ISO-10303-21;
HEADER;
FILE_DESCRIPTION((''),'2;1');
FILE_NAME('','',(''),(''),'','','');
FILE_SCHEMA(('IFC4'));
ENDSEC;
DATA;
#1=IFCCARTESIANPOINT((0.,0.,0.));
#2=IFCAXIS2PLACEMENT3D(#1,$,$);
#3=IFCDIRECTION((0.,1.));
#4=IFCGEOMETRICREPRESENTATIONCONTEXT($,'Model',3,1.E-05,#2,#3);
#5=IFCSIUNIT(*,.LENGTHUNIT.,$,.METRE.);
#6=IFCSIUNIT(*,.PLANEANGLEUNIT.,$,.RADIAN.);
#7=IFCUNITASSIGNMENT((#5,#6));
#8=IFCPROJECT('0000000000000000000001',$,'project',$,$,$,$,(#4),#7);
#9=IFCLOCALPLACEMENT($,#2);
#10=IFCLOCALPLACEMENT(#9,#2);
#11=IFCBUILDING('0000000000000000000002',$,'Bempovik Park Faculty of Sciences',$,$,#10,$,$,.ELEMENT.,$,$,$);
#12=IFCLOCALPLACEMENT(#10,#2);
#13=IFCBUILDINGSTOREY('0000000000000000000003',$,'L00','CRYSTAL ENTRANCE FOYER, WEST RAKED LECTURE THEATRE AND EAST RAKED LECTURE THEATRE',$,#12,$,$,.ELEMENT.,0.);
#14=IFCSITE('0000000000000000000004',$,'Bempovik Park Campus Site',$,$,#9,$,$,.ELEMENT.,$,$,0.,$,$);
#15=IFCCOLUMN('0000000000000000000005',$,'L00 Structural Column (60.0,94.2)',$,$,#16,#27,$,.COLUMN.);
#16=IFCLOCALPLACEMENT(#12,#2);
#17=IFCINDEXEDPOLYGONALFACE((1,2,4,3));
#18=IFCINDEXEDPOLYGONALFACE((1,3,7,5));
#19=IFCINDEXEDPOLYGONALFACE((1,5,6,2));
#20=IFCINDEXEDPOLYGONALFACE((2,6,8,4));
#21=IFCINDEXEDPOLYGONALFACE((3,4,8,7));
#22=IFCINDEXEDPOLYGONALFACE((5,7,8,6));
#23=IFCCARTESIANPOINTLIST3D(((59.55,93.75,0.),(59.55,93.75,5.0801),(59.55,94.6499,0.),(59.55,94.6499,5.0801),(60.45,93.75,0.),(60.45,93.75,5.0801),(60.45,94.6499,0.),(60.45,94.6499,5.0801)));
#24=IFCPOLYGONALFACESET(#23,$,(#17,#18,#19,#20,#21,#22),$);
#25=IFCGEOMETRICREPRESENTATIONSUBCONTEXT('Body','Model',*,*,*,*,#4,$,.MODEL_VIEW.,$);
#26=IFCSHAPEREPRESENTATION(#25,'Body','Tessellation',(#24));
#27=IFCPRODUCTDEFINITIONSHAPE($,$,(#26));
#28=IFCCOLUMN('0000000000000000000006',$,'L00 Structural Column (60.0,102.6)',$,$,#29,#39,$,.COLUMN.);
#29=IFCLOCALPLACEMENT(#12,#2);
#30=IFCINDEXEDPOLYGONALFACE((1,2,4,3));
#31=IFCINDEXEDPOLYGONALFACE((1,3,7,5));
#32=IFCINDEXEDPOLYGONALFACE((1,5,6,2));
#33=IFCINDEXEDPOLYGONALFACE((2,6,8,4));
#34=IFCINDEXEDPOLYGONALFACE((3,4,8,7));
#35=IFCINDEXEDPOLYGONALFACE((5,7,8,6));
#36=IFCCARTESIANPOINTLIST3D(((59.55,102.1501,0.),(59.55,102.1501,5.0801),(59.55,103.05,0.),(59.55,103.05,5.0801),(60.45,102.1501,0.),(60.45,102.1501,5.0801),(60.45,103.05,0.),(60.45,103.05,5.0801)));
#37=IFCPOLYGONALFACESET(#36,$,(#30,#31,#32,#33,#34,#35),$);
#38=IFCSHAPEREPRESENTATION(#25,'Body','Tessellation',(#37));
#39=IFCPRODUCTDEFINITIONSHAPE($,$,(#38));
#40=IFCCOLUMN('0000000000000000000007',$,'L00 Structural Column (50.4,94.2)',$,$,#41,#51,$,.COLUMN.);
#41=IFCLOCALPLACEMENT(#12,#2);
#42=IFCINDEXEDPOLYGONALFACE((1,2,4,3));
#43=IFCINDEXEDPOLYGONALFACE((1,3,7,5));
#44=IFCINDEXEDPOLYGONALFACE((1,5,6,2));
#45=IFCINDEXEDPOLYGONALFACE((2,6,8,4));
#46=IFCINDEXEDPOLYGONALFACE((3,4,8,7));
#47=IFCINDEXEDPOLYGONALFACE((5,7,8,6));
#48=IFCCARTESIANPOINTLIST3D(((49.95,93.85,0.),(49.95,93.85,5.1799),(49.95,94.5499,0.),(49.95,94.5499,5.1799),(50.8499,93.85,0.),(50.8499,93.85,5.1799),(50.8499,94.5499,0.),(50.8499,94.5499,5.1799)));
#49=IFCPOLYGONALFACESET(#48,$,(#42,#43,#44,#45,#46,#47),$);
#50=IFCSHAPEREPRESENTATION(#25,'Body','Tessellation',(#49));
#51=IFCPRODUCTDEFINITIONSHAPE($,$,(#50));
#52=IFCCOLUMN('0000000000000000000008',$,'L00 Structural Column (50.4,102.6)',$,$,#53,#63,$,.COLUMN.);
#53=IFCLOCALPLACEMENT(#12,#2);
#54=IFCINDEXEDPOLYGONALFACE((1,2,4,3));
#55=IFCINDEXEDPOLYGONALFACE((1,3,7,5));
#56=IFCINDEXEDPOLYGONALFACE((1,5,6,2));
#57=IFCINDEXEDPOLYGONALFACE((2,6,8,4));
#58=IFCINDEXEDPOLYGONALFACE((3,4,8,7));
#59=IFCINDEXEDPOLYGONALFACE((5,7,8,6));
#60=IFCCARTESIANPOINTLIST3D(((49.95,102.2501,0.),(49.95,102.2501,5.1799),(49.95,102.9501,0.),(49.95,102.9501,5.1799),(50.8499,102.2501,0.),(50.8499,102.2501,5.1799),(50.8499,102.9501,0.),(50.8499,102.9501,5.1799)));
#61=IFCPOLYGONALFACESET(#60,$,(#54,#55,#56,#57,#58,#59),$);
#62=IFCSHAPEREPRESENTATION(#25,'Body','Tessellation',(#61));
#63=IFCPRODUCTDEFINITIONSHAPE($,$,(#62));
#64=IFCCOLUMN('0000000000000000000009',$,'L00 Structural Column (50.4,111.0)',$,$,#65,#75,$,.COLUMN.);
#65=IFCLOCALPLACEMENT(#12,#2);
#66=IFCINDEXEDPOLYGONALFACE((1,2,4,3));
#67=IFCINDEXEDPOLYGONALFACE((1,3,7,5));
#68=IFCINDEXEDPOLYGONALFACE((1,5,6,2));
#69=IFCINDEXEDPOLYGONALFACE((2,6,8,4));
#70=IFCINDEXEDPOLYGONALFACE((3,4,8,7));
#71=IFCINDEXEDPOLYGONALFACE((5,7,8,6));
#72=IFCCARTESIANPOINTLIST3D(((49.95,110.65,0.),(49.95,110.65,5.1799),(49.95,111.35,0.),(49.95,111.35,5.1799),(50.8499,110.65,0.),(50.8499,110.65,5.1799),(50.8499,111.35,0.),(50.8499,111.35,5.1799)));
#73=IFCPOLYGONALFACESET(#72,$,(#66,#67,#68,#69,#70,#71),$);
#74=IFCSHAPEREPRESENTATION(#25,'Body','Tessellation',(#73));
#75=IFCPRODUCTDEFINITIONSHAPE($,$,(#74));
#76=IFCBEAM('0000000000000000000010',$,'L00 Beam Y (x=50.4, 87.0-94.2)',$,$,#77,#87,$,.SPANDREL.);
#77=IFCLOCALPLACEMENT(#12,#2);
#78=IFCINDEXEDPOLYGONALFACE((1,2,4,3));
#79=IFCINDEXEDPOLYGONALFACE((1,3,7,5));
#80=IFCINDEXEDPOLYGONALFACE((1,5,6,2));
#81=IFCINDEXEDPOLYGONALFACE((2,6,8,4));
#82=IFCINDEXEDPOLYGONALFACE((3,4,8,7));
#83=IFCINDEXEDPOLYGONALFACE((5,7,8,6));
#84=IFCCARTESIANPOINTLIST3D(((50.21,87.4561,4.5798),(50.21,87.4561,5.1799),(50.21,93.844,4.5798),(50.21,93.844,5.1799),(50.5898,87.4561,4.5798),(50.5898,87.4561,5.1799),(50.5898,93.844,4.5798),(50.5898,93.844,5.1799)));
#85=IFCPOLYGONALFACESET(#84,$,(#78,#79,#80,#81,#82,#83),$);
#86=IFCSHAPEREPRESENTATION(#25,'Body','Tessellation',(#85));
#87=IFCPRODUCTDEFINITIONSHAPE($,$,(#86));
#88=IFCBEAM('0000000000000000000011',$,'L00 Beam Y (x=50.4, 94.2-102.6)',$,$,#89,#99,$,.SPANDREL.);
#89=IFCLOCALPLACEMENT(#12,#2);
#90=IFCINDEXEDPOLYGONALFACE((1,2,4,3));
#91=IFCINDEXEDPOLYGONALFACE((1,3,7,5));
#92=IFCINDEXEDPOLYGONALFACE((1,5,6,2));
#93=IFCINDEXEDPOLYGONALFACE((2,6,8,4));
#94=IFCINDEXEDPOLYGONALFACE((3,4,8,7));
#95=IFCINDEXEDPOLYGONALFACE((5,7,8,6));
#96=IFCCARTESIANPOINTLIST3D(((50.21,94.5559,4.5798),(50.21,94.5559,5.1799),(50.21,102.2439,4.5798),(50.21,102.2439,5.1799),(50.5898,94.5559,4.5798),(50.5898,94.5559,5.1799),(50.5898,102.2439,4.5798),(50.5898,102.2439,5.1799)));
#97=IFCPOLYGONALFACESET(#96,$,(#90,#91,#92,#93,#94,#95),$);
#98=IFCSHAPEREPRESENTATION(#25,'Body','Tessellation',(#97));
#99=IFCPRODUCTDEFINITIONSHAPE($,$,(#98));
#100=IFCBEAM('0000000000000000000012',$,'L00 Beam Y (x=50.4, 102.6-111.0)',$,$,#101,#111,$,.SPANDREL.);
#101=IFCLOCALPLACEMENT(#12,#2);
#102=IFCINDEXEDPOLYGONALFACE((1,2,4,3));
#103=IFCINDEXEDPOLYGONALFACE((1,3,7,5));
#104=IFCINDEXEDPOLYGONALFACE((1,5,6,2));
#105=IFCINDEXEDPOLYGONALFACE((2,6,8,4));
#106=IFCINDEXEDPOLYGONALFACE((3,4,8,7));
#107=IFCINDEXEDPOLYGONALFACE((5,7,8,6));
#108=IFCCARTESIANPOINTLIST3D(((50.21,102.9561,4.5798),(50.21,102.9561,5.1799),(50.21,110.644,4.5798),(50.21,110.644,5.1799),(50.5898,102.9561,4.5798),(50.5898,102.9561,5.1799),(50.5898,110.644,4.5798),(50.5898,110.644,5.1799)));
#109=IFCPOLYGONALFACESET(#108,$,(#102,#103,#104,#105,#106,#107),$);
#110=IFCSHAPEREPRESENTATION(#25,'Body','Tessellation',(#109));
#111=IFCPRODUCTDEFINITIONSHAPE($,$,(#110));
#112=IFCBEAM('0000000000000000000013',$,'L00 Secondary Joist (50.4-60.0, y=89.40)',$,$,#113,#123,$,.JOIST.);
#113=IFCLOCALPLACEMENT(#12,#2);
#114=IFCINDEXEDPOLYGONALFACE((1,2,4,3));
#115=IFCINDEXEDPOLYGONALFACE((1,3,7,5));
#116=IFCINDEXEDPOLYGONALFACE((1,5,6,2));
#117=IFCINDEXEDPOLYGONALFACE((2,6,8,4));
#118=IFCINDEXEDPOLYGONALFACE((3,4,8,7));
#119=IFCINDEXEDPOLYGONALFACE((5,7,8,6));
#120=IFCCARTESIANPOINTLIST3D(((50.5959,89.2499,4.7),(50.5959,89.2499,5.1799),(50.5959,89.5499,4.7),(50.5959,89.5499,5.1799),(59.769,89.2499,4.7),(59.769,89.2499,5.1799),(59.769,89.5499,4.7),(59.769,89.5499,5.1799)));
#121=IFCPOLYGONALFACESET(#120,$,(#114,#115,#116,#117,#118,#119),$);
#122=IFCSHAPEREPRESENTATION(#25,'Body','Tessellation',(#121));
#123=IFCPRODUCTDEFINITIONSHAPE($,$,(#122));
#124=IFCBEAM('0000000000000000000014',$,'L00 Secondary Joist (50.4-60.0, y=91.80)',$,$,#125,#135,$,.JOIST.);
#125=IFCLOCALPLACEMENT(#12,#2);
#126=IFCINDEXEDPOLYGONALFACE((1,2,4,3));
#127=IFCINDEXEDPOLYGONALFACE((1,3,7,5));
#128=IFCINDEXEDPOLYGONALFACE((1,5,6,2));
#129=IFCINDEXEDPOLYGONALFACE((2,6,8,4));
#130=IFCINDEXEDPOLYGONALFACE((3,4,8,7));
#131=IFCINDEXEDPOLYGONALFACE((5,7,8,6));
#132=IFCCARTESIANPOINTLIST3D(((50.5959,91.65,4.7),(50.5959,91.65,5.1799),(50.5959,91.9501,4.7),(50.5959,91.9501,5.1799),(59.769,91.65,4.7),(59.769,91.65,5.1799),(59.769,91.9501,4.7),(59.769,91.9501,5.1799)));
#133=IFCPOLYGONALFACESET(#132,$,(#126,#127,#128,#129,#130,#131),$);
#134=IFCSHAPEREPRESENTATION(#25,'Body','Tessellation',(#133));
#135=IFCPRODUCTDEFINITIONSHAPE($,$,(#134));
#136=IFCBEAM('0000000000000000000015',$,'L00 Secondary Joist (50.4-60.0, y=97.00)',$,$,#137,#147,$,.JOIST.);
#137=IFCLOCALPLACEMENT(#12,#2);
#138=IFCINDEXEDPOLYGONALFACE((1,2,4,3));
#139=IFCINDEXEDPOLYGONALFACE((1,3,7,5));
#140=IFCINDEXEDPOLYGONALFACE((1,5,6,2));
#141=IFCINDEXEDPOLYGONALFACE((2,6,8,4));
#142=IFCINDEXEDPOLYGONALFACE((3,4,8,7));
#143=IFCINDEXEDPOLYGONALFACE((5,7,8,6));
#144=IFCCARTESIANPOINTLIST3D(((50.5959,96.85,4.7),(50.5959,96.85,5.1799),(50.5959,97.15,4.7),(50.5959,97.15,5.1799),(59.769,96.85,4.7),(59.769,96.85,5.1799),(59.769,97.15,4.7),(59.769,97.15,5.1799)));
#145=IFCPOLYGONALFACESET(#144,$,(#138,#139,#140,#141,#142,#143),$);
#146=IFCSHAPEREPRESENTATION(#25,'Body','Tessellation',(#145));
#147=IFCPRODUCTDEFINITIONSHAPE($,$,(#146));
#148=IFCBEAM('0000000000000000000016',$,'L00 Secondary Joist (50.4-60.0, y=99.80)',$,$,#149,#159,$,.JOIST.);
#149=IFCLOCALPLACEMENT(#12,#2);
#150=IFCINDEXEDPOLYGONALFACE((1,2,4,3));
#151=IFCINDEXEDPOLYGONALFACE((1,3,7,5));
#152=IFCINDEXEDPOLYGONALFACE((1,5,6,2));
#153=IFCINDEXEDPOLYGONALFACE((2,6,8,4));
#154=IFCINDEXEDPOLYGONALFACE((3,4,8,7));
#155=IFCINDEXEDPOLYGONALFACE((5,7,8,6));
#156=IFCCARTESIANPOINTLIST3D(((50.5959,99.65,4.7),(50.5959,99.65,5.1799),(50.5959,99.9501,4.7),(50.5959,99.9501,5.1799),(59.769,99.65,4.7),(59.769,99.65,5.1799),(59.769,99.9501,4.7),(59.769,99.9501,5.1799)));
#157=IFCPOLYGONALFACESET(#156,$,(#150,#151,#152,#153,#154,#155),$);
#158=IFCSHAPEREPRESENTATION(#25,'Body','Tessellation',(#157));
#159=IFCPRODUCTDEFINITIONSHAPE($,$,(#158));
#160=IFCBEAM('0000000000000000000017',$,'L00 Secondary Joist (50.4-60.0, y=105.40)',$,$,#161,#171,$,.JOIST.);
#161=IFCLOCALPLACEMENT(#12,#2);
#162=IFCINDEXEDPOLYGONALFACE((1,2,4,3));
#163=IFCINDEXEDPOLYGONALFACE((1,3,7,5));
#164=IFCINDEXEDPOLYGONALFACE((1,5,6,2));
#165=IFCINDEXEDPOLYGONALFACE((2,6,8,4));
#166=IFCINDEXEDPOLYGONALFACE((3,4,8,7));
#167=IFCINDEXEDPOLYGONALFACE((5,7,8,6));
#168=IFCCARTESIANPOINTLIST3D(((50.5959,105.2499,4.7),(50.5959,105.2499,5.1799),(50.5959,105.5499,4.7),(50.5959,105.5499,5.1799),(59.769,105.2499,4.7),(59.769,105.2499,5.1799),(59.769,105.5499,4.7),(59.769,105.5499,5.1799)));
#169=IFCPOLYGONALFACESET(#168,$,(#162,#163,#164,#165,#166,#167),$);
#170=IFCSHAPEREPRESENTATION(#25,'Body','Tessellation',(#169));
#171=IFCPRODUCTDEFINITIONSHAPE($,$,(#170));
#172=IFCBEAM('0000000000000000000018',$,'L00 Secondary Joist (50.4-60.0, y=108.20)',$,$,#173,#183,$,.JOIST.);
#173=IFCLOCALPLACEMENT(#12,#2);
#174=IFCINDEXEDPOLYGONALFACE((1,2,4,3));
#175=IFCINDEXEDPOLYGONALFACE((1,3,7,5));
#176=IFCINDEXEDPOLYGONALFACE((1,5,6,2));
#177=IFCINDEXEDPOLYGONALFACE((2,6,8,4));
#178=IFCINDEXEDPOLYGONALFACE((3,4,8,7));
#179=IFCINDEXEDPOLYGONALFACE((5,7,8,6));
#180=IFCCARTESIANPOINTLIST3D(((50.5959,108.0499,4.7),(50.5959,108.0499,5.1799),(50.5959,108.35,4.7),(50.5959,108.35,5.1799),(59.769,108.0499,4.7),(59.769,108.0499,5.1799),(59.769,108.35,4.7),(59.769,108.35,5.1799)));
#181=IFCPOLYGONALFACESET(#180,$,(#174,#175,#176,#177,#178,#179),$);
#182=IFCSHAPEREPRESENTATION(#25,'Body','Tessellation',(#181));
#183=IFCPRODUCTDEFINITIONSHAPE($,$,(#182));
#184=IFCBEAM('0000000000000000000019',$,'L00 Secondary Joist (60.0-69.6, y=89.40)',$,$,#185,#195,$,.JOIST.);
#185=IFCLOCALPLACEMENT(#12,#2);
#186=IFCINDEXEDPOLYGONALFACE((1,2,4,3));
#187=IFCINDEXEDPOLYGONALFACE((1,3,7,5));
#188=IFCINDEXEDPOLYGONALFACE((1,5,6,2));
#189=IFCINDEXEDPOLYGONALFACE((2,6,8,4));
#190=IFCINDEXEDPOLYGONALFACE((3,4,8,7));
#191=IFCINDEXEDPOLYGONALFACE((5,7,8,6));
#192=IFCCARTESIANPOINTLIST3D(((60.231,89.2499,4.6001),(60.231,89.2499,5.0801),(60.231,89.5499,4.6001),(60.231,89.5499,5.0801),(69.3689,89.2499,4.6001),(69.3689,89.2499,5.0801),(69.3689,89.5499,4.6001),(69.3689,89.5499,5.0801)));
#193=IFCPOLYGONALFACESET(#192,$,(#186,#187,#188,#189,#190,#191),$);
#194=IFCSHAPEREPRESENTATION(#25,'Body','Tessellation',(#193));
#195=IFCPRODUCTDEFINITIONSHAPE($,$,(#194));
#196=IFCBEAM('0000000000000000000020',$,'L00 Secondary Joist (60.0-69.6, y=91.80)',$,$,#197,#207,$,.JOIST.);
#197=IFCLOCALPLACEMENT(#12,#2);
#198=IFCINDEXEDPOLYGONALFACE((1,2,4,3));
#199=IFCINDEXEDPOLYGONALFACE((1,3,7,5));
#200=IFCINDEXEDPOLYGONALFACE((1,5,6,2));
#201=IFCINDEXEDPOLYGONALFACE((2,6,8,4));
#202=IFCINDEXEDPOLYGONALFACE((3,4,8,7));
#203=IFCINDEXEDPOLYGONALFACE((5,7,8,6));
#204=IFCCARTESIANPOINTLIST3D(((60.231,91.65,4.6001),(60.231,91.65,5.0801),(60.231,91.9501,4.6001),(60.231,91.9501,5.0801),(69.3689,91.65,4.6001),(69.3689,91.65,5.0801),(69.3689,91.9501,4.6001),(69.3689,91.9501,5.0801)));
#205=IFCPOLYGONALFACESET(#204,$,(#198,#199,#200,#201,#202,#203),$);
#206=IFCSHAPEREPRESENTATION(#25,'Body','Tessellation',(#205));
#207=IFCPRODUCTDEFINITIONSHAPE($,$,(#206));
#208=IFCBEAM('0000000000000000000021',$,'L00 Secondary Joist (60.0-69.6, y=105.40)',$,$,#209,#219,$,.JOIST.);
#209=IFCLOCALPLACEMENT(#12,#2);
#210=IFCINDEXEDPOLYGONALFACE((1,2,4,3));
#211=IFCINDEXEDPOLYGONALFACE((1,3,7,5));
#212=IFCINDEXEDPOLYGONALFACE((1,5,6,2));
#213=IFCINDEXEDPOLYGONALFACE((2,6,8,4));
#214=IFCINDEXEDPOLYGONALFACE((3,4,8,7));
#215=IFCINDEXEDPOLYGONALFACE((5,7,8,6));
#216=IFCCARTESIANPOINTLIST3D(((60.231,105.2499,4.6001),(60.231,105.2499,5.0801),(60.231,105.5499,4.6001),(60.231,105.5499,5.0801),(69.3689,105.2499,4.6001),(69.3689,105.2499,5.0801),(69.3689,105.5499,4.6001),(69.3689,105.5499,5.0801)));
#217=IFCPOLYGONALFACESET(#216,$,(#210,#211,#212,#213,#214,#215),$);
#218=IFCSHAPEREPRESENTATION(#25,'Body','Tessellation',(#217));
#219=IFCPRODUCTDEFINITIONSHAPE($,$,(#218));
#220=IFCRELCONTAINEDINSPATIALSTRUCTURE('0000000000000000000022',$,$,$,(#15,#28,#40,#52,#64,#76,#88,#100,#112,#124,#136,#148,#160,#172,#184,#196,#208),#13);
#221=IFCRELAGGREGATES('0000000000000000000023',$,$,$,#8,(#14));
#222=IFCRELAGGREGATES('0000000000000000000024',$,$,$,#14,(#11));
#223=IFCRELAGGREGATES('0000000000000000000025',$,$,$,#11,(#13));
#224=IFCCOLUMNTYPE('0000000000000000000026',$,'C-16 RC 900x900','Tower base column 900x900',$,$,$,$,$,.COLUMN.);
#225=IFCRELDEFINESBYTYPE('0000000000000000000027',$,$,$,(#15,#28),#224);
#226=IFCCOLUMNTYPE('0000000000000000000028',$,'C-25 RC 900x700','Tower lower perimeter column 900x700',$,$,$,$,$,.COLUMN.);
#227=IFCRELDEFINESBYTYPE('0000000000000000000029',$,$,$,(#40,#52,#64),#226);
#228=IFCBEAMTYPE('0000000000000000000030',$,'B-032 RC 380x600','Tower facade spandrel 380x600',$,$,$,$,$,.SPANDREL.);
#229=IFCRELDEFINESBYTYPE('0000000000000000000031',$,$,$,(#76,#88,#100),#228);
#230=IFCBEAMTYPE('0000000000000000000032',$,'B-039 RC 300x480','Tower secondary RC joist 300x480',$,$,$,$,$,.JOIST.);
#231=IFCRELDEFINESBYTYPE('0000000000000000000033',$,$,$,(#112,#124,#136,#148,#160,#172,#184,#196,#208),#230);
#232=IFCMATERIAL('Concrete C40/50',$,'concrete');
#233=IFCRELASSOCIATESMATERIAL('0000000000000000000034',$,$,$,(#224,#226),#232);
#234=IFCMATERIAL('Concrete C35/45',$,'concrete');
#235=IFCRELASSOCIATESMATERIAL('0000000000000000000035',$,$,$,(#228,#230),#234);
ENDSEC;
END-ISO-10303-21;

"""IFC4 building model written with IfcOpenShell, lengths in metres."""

from ifc_helpers import new_model, si_unit, direction, frame, origin, origin_2d, place, context, subcontext, project, spatial, rectangle, extrude, material, material_profile, profile_set, type_object, element, save


model = new_model("IFC4")

# Units and contexts
model_context = context("Model", 3, precision=1e-05, world=origin(), true_north=direction((0.0, 1.0)))
body_context = subcontext(model_context, "Body", "Model", "MODEL_VIEW")
ifc_project = project(units=[si_unit("LENGTHUNIT", "METRE"), si_unit("PLANEANGLEUNIT", "RADIAN")], contexts=[model_context])

# Site, building, storey
site_placement = place(None, origin())
site = spatial("IfcSite", under=ifc_project, at=site_placement, Name="Bempovik Park Campus Site", CompositionType="ELEMENT", RefElevation=0.0)
building_placement = place(site_placement, origin())
building = spatial("IfcBuilding", under=site, at=building_placement, Name="Bempovik Park Faculty of Sciences", CompositionType="ELEMENT")
storey_placement = place(building_placement, origin())
storey = spatial("IfcBuildingStorey", under=building, at=storey_placement, Name="L00", Description="CRYSTAL ENTRANCE FOYER, WEST RAKED LECTURE THEATRE AND EAST RAKED LECTURE THEATRE", CompositionType="ELEMENT", Elevation=0.0)

# Columns
ifc_material_1 = material(Name="Concrete C40/50", Category="concrete")
ifc_material_profile_1 = material_profile(ifc_material_1, rectangle(XDim=0.8999, YDim=0.8999, at=origin_2d()), Name="RC 900x900")
ifc_profile_set_1 = profile_set([ifc_material_profile_1], Name="Concrete C40/50")
column_type_1 = type_object("IfcColumnType", Name="C-16 RC 900x900", Description="Tower base column 900x900", PredefinedType="COLUMN", material=ifc_profile_set_1)
for number, where, z_axis, x_axis, name in (
    (1, (60.0, 94.2, 0.0), (0.0, 0.0, 1.0), (1.0, 0.0, 0.0), "L00 Structural Column (60.0,94.2)"),
    (2, (60.0, 102.6001, 0.0), (0.0, 0.0, 1.0), (1.0, 0.0, 0.0), "L00 Structural Column (60.0,102.6)"),
):
    element("IfcColumn", number, at=place(storey_placement, frame(where, z_axis=z_axis, x_axis=x_axis)), inside=storey, type_object=column_type_1, Name=name, PredefinedType="COLUMN", context=body_context, shape_type="SweptSolid", body=[
        extrude(rectangle(XDim=0.8999, YDim=0.8999, at=origin_2d()), origin(), (0.0, 0.0, 1.0), 5.0801),
    ])
ifc_material_profile_2 = material_profile(ifc_material_1, rectangle(XDim=0.8999, YDim=0.7, at=origin_2d()), Name="RC 900x700")
ifc_profile_set_2 = profile_set([ifc_material_profile_2], Name="Concrete C40/50")
column_type_2 = type_object("IfcColumnType", Name="C-25 RC 900x700", Description="Tower lower perimeter column 900x700", PredefinedType="COLUMN", material=ifc_profile_set_2)
for number, where, z_axis, x_axis, name in (
    (3, (50.3999, 94.2, 0.0), (0.0, 0.0, 1.0), (1.0, 0.0, 0.0), "L00 Structural Column (50.4,94.2)"),
    (4, (50.3999, 102.6001, 0.0), (0.0, 0.0, 1.0), (1.0, 0.0, 0.0), "L00 Structural Column (50.4,102.6)"),
    (5, (50.3999, 111.0, 0.0), (0.0, 0.0, 1.0), (1.0, 0.0, 0.0), "L00 Structural Column (50.4,111.0)"),
):
    element("IfcColumn", number, at=place(storey_placement, frame(where, z_axis=z_axis, x_axis=x_axis)), inside=storey, type_object=column_type_2, Name=name, PredefinedType="COLUMN", context=body_context, shape_type="SweptSolid", body=[
        extrude(rectangle(XDim=0.8999, YDim=0.7, at=origin_2d()), origin(), (0.0, 0.0, 1.0), 5.1799),
    ])

# Beams
ifc_material_2 = material(Name="Concrete C35/45", Category="concrete")
ifc_material_profile_3 = material_profile(ifc_material_2, rectangle(XDim=0.3799, YDim=0.6001, at=origin_2d()), Name="RC 380x600")
ifc_profile_set_3 = profile_set([ifc_material_profile_3], Name="Concrete C35/45")
beam_type_1 = type_object("IfcBeamType", Name="B-032 RC 380x600", Description="Tower facade spandrel 380x600", PredefinedType="SPANDREL", material=ifc_profile_set_3)
beam_1_placement = place(storey_placement, frame((50.3999, 87.4561, 4.8799), z_axis=(0.0, 1.0, 0.0), x_axis=(-1.0, 0.0, 0.0)))
element("IfcBeam", 6, at=beam_1_placement, inside=storey, type_object=beam_type_1, Name="L00 Beam Y (x=50.4, 87.0-94.2)", PredefinedType="SPANDREL", context=body_context, shape_type="SweptSolid", body=[
    extrude(rectangle(XDim=0.3799, YDim=0.6001, at=origin_2d()), origin(), (0.0, 0.0, 1.0), 6.3879),
])
for number, where, z_axis, x_axis, name in (
    (7, (50.3999, 94.5559, 4.8799), (0.0, 1.0, 0.0), (-1.0, 0.0, 0.0), "L00 Beam Y (x=50.4, 94.2-102.6)"),
    (8, (50.3999, 102.9561, 4.8799), (0.0, 1.0, 0.0), (-1.0, 0.0, 0.0), "L00 Beam Y (x=50.4, 102.6-111.0)"),
):
    element("IfcBeam", number, at=place(storey_placement, frame(where, z_axis=z_axis, x_axis=x_axis)), inside=storey, type_object=beam_type_1, Name=name, PredefinedType="SPANDREL", context=body_context, shape_type="SweptSolid", body=[
        extrude(rectangle(XDim=0.3799, YDim=0.6001, at=origin_2d()), origin(), (0.0, 0.0, 1.0), 7.688),
    ])
ifc_material_profile_4 = material_profile(ifc_material_2, rectangle(XDim=0.3, YDim=0.48, at=origin_2d()), Name="RC 300x480")
ifc_profile_set_4 = profile_set([ifc_material_profile_4], Name="Concrete C35/45")
beam_type_2 = type_object("IfcBeamType", Name="B-039 RC 300x480", Description="Tower secondary RC joist 300x480", PredefinedType="JOIST", material=ifc_profile_set_4)
for number, where, z_axis, x_axis, name in (
    (9, (50.5959, 89.3999, 4.9399), (1.0, 0.0, 0.0), (0.0, 1.0, 0.0), "L00 Secondary Joist (50.4-60.0, y=89.40)"),
    (10, (50.5959, 91.8, 4.9399), (1.0, 0.0, 0.0), (0.0, 1.0, 0.0), "L00 Secondary Joist (50.4-60.0, y=91.80)"),
    (11, (50.5959, 97.0, 4.9399), (1.0, 0.0, 0.0), (0.0, 1.0, 0.0), "L00 Secondary Joist (50.4-60.0, y=97.00)"),
    (12, (50.5959, 99.8, 4.9399), (1.0, 0.0, 0.0), (0.0, 1.0, 0.0), "L00 Secondary Joist (50.4-60.0, y=99.80)"),
    (13, (50.5959, 105.3999, 4.9399), (1.0, 0.0, 0.0), (0.0, 1.0, 0.0), "L00 Secondary Joist (50.4-60.0, y=105.40)"),
    (14, (50.5959, 108.2, 4.9399), (1.0, 0.0, 0.0), (0.0, 1.0, 0.0), "L00 Secondary Joist (50.4-60.0, y=108.20)"),
):
    element("IfcBeam", number, at=place(storey_placement, frame(where, z_axis=z_axis, x_axis=x_axis)), inside=storey, type_object=beam_type_2, Name=name, PredefinedType="JOIST", context=body_context, shape_type="SweptSolid", body=[
        extrude(rectangle(XDim=0.3, YDim=0.48, at=origin_2d()), origin(), (0.0, 0.0, 1.0), 9.1731),
    ])
for number, where, z_axis, x_axis, name in (
    (15, (60.231, 89.3999, 4.8401), (1.0, 0.0, 0.0), (0.0, 1.0, 0.0), "L00 Secondary Joist (60.0-69.6, y=89.40)"),
    (16, (60.231, 91.8, 4.8401), (1.0, 0.0, 0.0), (0.0, 1.0, 0.0), "L00 Secondary Joist (60.0-69.6, y=91.80)"),
    (17, (60.231, 105.3999, 4.8401), (1.0, 0.0, 0.0), (0.0, 1.0, 0.0), "L00 Secondary Joist (60.0-69.6, y=105.40)"),
):
    element("IfcBeam", number, at=place(storey_placement, frame(where, z_axis=z_axis, x_axis=x_axis)), inside=storey, type_object=beam_type_2, Name=name, PredefinedType="JOIST", context=body_context, shape_type="SweptSolid", body=[
        extrude(rectangle(XDim=0.3, YDim=0.48, at=origin_2d()), origin(), (0.0, 0.0, 1.0), 9.1379),
    ])

save(model, "model.ifc")
